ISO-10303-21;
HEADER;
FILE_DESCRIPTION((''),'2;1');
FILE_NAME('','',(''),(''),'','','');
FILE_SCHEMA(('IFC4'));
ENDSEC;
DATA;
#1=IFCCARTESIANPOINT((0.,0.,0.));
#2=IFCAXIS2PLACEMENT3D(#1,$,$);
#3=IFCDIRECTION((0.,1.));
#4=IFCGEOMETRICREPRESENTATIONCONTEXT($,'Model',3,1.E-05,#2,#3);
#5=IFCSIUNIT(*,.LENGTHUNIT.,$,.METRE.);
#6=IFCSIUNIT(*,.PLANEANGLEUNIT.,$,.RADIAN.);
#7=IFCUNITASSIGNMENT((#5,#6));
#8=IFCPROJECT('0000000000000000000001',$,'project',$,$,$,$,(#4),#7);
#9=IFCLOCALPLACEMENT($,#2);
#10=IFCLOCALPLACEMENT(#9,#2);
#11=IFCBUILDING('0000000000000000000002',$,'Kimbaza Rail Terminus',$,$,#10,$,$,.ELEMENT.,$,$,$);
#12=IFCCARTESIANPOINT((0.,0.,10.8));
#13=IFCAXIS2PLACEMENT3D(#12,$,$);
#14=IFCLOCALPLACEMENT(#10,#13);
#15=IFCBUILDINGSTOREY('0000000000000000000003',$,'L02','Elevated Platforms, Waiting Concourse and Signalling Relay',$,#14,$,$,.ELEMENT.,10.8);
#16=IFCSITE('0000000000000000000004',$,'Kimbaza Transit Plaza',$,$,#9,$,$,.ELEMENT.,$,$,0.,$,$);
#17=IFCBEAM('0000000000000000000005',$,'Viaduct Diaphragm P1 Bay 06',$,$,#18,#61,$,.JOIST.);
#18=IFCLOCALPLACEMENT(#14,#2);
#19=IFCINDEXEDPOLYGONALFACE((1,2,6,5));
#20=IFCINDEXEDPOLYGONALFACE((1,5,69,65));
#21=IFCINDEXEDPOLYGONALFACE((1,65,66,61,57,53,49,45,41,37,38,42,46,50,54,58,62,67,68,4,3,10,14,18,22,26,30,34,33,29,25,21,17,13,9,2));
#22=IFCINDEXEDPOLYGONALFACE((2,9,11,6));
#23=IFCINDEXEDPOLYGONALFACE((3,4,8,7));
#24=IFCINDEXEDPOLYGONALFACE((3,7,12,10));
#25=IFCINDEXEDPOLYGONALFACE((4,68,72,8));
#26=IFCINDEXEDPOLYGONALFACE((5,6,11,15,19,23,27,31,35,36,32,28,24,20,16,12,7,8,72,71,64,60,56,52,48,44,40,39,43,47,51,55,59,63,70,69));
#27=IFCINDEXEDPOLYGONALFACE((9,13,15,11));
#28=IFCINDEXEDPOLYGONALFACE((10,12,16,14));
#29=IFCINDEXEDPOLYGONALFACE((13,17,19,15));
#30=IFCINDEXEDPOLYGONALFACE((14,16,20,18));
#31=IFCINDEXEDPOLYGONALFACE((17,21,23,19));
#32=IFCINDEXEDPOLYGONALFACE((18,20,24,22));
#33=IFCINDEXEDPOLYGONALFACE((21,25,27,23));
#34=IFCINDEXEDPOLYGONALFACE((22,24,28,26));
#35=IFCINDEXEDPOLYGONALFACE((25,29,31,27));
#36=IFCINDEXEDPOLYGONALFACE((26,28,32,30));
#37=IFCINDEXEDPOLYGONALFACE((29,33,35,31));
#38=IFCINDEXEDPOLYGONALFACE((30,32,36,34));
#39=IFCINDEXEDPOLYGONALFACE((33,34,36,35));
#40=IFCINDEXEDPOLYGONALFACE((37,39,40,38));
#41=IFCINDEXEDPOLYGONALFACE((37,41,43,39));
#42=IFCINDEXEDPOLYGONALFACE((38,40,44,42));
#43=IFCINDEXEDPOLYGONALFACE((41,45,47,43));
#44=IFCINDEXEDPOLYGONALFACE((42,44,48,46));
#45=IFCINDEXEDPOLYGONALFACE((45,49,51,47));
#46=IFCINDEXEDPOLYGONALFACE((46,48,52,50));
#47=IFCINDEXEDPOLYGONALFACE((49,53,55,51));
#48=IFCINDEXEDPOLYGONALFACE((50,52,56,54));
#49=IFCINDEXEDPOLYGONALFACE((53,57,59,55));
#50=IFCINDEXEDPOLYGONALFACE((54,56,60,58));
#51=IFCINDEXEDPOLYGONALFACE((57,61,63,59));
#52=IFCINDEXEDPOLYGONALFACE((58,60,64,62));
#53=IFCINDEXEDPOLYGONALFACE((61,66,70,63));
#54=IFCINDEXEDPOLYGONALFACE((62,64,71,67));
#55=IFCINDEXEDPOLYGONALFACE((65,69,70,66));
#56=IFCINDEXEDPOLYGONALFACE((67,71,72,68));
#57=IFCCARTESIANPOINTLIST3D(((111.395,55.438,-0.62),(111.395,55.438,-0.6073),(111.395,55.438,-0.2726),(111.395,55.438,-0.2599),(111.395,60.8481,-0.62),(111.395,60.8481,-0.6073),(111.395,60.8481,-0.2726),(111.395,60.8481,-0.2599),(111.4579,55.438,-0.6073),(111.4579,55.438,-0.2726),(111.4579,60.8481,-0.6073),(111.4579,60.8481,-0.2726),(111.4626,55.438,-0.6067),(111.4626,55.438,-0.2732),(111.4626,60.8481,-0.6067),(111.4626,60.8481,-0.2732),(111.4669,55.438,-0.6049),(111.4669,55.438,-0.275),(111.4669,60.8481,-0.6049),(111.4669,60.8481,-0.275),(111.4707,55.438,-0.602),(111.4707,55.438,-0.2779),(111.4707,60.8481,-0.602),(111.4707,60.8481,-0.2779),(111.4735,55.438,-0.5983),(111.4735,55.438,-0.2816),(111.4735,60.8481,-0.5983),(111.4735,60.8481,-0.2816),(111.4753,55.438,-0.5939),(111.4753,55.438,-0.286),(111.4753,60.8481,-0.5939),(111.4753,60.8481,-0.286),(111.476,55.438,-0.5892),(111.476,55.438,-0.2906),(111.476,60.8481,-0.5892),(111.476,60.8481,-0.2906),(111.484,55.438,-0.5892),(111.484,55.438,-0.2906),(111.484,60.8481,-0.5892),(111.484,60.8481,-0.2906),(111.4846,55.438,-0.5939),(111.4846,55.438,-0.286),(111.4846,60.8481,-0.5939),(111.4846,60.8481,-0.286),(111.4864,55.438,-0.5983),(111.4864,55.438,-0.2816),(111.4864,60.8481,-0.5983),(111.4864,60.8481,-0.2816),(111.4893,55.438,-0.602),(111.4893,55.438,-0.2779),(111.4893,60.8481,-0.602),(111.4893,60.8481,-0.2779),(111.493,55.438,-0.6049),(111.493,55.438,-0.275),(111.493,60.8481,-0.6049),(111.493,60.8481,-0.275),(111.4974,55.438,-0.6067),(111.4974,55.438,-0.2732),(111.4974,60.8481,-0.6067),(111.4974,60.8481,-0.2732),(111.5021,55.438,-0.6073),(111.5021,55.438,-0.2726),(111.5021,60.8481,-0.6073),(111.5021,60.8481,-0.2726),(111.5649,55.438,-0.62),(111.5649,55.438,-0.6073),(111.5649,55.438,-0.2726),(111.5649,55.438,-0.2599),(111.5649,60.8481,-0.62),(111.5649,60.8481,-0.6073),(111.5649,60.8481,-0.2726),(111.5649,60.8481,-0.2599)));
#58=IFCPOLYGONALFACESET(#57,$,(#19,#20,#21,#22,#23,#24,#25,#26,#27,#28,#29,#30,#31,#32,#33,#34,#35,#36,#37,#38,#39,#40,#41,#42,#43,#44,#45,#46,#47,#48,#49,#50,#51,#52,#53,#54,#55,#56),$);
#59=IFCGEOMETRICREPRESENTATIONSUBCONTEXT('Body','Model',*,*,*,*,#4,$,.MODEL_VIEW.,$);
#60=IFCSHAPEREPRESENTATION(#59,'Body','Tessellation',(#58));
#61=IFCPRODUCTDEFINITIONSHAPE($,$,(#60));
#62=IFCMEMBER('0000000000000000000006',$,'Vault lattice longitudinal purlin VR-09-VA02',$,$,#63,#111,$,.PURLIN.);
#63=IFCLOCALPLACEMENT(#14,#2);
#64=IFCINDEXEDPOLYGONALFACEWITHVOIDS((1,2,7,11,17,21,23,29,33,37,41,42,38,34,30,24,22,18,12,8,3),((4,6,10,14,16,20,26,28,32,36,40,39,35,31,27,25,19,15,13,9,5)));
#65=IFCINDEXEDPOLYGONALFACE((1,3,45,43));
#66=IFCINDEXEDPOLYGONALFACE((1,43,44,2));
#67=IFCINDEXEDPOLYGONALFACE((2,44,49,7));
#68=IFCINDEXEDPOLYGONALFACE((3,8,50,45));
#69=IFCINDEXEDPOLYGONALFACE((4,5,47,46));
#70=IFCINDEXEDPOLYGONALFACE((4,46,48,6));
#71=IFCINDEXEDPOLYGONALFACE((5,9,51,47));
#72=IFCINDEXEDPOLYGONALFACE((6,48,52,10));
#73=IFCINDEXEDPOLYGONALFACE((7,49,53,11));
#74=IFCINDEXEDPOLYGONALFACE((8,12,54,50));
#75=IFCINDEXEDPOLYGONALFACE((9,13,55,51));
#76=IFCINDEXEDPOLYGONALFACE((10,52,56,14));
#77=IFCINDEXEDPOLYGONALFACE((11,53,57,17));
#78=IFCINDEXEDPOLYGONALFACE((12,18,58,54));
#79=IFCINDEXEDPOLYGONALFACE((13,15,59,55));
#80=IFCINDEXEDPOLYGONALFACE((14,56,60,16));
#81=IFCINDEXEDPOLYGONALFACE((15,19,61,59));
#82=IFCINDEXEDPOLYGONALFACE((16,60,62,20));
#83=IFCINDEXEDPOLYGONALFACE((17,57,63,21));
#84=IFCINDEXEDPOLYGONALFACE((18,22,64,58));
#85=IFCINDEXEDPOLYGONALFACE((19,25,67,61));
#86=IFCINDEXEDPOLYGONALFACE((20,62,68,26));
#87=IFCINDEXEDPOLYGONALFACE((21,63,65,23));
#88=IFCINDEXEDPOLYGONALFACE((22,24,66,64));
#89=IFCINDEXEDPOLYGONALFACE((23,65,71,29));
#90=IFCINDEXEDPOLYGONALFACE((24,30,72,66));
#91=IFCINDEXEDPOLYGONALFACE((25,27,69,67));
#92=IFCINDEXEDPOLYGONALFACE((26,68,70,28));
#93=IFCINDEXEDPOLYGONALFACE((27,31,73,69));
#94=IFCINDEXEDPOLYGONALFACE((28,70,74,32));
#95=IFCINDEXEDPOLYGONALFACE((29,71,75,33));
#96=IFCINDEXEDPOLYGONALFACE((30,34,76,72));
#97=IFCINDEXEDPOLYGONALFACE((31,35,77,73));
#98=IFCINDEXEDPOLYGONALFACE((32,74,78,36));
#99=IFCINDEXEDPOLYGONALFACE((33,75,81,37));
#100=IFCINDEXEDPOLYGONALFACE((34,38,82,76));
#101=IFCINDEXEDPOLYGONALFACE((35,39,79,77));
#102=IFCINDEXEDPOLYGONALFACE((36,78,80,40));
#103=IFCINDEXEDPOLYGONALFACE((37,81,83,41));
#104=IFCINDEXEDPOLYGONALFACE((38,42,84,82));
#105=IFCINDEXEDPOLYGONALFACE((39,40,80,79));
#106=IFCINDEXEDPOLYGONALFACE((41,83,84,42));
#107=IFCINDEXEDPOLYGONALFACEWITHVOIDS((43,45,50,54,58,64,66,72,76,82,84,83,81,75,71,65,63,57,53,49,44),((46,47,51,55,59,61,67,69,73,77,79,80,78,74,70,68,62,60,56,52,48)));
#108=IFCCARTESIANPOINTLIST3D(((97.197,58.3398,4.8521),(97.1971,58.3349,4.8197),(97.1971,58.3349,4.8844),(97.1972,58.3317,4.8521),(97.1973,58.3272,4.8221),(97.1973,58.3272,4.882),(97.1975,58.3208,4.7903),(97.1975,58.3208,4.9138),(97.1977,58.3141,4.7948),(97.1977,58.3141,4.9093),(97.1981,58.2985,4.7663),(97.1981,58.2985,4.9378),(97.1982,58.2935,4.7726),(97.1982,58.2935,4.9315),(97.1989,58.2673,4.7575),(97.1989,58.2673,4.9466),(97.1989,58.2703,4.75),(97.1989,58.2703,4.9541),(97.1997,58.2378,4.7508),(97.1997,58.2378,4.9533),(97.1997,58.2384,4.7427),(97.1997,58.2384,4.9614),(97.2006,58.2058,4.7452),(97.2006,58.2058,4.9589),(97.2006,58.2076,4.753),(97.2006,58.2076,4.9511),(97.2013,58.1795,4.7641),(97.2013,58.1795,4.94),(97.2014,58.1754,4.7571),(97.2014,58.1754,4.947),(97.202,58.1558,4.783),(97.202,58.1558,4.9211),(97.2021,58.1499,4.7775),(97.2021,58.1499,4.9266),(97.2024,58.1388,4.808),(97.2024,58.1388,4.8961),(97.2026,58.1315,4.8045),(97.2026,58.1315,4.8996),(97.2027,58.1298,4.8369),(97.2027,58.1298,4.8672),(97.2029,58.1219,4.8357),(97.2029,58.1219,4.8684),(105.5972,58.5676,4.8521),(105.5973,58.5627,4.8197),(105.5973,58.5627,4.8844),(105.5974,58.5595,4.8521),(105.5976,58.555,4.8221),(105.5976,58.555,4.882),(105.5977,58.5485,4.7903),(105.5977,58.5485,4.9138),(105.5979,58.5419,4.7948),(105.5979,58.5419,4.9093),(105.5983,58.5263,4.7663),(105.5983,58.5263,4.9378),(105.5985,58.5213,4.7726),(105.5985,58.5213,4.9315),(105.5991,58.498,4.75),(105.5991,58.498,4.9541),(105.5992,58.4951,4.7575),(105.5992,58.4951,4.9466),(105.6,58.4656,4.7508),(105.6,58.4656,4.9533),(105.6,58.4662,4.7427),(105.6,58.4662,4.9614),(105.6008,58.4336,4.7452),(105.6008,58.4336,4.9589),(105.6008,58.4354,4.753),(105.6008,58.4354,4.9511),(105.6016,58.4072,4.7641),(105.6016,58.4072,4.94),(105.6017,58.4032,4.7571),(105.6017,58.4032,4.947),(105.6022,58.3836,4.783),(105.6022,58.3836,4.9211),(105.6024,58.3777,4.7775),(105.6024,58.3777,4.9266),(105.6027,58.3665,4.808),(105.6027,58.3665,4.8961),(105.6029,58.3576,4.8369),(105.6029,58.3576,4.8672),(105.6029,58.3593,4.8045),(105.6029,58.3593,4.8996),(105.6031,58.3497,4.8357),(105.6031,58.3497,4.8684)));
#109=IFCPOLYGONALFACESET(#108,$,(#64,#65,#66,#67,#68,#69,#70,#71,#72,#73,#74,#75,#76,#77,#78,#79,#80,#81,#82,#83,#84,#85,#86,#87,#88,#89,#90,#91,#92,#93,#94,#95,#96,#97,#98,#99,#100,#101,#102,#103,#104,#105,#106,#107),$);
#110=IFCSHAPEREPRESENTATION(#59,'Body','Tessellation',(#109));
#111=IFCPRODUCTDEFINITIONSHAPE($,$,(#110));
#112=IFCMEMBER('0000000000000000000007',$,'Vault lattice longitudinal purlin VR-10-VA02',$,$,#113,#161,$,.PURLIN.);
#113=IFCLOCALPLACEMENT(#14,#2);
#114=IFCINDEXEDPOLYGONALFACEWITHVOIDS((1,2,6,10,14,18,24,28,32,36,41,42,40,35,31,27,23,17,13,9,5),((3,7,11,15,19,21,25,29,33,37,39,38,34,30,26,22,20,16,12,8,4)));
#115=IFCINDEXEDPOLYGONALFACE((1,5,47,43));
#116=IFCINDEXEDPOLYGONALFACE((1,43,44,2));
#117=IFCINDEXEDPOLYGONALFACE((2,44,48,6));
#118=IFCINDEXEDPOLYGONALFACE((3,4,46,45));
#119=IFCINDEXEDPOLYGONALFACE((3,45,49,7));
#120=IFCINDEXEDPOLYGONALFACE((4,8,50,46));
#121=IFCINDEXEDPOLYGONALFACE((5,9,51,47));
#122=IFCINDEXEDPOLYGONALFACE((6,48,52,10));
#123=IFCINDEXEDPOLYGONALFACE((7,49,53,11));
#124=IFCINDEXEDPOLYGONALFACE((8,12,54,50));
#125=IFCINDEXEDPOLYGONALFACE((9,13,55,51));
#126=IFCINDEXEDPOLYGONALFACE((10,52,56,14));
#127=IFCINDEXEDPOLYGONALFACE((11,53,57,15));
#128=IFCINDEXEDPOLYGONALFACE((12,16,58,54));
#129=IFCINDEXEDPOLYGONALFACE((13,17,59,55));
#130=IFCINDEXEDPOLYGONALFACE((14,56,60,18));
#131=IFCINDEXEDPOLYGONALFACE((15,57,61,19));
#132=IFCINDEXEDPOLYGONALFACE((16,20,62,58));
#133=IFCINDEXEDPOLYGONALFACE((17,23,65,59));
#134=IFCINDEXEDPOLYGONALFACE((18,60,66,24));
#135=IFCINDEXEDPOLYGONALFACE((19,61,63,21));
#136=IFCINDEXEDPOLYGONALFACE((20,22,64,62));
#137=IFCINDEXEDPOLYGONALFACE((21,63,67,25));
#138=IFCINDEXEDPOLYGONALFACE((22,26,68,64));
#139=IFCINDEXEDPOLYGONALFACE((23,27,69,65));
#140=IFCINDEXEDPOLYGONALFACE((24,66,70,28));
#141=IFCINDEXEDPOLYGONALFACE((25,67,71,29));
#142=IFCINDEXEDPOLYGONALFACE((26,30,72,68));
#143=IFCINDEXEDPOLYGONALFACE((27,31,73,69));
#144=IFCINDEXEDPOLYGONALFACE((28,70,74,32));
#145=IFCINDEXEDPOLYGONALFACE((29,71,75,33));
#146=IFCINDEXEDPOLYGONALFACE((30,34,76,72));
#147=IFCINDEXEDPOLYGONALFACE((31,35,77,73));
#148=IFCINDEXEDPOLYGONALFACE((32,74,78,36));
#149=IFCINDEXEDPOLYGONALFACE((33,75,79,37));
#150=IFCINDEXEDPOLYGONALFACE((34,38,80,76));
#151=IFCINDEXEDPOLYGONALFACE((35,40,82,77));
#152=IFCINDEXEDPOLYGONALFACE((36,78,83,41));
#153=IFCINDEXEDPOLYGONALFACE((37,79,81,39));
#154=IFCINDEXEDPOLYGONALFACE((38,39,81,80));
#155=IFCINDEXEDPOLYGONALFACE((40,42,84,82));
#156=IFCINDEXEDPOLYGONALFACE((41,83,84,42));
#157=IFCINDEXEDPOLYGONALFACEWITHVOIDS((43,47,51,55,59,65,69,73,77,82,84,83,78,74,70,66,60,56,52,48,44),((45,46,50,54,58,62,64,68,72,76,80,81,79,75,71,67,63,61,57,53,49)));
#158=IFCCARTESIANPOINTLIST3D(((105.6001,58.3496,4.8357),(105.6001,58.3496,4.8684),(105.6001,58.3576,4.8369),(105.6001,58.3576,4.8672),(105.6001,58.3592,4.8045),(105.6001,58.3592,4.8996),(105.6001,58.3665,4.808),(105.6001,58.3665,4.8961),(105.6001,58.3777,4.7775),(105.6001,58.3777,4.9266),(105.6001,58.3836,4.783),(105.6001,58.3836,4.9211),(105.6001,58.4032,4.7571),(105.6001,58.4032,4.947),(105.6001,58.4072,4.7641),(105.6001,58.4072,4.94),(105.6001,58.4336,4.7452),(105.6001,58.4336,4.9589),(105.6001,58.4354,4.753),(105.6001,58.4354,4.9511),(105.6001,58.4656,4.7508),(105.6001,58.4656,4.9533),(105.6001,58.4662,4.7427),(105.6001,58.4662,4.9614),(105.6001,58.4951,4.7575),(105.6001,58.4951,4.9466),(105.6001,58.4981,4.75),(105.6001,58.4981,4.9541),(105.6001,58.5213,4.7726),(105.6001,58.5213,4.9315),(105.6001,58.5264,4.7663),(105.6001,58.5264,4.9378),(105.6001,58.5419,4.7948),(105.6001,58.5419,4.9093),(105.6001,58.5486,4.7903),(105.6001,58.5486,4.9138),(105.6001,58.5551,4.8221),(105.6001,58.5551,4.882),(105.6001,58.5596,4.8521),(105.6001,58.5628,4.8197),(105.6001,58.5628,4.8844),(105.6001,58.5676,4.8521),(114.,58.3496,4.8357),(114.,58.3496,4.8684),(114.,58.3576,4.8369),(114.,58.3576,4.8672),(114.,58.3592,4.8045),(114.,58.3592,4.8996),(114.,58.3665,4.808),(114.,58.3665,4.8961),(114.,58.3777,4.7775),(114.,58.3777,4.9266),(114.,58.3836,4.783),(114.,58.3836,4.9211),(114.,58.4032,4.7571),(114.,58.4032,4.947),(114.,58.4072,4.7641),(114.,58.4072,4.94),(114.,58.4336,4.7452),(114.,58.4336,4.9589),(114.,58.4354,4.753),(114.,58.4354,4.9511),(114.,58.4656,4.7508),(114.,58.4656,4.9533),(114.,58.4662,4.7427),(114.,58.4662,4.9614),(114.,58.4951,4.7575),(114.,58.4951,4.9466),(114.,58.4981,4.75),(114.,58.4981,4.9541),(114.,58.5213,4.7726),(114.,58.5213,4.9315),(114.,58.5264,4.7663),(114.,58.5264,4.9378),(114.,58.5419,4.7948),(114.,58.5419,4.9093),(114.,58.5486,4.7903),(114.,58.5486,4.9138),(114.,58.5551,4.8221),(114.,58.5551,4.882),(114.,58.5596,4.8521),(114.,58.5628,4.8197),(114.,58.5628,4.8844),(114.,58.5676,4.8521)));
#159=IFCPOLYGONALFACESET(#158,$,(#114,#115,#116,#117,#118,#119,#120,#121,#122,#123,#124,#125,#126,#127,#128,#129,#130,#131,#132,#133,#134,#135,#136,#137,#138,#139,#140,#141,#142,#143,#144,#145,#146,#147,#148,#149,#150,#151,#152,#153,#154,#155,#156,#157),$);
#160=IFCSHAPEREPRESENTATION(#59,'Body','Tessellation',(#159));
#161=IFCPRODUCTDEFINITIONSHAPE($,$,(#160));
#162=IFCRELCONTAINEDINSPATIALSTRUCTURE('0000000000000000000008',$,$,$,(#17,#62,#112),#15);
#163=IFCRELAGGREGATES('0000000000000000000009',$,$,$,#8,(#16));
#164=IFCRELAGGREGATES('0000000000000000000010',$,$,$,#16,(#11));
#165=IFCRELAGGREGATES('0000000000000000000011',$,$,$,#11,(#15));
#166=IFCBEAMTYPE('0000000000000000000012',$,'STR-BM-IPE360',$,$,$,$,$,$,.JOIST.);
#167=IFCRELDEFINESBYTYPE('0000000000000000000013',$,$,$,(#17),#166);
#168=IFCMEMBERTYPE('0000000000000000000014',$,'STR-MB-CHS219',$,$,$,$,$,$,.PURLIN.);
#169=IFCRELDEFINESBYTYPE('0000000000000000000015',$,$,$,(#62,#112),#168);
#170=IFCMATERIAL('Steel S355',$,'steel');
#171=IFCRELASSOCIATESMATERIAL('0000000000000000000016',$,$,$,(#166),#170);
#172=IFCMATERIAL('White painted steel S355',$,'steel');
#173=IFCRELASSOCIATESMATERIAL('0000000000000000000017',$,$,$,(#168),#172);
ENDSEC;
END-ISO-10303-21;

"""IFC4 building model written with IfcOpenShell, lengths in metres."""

from ifc_helpers import new_model, si_unit, direction, frame, origin, origin_2d, place, context, subcontext, project, spatial, hollow_circle, i_section, extrude, material, material_profile, profile_set, type_object, element, save


model = new_model("IFC4")

# Units and contexts
model_context = context("Model", 3, precision=1e-05, world=origin(), true_north=direction((0.0, 1.0)))
body_context = subcontext(model_context, "Body", "Model", "MODEL_VIEW")
ifc_project = project(units=[si_unit("LENGTHUNIT", "METRE"), si_unit("PLANEANGLEUNIT", "RADIAN")], contexts=[model_context])

# Site, building, storey
site_placement = place(None, origin())
site = spatial("IfcSite", under=ifc_project, at=site_placement, Name="Kimbaza Transit Plaza", CompositionType="ELEMENT", RefElevation=0.0)
building_placement = place(site_placement, origin())
building = spatial("IfcBuilding", under=site, at=building_placement, Name="Kimbaza Rail Terminus", CompositionType="ELEMENT")
storey_placement = place(building_placement, frame((0.0, 0.0, 10.8)))
storey = spatial("IfcBuildingStorey", under=building, at=storey_placement, Name="L02", Description="Elevated Platforms, Waiting Concourse and Signalling Relay", CompositionType="ELEMENT", Elevation=10.8)

# Beam
ifc_material_1 = material(Name="Steel S355", Category="steel")
ifc_material_profile_1 = material_profile(ifc_material_1, i_section(OverallWidth=0.1699, OverallDepth=0.3601, WebThickness=0.0081, FlangeThickness=0.0127, FilletRadius=0.0181, at=origin_2d()), Name="IPE 360")
ifc_profile_set_1 = profile_set([ifc_material_profile_1], Name="Steel S355")
beam_type_1 = type_object("IfcBeamType", Name="STR-BM-IPE360", PredefinedType="JOIST", material=ifc_profile_set_1)
beam_1_placement = place(storey_placement, frame((111.48, 55.438, -0.4399), z_axis=(0.0, 1.0, 0.0), x_axis=(-1.0, 0.0, 0.0)))
element("IfcBeam", 1, at=beam_1_placement, inside=storey, type_object=beam_type_1, Name="Viaduct Diaphragm P1 Bay 06", PredefinedType="JOIST", context=body_context, shape_type="SweptSolid", body=[
    extrude(i_section(OverallWidth=0.1699, OverallDepth=0.3601, WebThickness=0.0081, FlangeThickness=0.0127, FilletRadius=0.0181, at=origin_2d()), origin(), (0.0, 0.0, 1.0), 5.4102),
])

# Members
ifc_material_2 = material(Name="White painted steel S355", Category="steel")
ifc_material_profile_2 = material_profile(ifc_material_2, hollow_circle(Radius=0.1096, WallThickness=0.0081, at=origin_2d()), Name="CHS 219.1x8")
ifc_profile_set_2 = profile_set([ifc_material_profile_2], Name="White painted steel S355")
member_type_1 = type_object("IfcMemberType", Name="STR-MB-CHS219", PredefinedType="PURLIN", material=ifc_profile_set_2)
member_1_placement = place(storey_placement, frame((97.2, 58.2302, 4.8521), z_axis=(0.999633, 0.027107, 0.0), x_axis=(-0.027107, 0.999633, 0.0)))
element("IfcMember", 2, at=member_1_placement, inside=storey, type_object=member_type_1, Name="Vault lattice longitudinal purlin VR-09-VA02", PredefinedType="PURLIN", context=body_context, shape_type="SweptSolid", body=[
    extrude(hollow_circle(Radius=0.1096, WallThickness=0.0081, at=origin_2d()), origin(), (0.0, 0.0, 1.0), 8.4033),
])
member_2_placement = place(storey_placement, frame((105.6001, 58.458, 4.8521), z_axis=(1.0, 0.0, 0.0), x_axis=(0.0, 1.0, 0.0)))
element("IfcMember", 3, at=member_2_placement, inside=storey, type_object=member_type_1, Name="Vault lattice longitudinal purlin VR-10-VA02", PredefinedType="PURLIN", context=body_context, shape_type="SweptSolid", body=[
    extrude(hollow_circle(Radius=0.1096, WallThickness=0.0081, at=origin_2d()), origin(), (0.0, 0.0, 1.0), 8.3999),
])

save(model, "model.ifc")
